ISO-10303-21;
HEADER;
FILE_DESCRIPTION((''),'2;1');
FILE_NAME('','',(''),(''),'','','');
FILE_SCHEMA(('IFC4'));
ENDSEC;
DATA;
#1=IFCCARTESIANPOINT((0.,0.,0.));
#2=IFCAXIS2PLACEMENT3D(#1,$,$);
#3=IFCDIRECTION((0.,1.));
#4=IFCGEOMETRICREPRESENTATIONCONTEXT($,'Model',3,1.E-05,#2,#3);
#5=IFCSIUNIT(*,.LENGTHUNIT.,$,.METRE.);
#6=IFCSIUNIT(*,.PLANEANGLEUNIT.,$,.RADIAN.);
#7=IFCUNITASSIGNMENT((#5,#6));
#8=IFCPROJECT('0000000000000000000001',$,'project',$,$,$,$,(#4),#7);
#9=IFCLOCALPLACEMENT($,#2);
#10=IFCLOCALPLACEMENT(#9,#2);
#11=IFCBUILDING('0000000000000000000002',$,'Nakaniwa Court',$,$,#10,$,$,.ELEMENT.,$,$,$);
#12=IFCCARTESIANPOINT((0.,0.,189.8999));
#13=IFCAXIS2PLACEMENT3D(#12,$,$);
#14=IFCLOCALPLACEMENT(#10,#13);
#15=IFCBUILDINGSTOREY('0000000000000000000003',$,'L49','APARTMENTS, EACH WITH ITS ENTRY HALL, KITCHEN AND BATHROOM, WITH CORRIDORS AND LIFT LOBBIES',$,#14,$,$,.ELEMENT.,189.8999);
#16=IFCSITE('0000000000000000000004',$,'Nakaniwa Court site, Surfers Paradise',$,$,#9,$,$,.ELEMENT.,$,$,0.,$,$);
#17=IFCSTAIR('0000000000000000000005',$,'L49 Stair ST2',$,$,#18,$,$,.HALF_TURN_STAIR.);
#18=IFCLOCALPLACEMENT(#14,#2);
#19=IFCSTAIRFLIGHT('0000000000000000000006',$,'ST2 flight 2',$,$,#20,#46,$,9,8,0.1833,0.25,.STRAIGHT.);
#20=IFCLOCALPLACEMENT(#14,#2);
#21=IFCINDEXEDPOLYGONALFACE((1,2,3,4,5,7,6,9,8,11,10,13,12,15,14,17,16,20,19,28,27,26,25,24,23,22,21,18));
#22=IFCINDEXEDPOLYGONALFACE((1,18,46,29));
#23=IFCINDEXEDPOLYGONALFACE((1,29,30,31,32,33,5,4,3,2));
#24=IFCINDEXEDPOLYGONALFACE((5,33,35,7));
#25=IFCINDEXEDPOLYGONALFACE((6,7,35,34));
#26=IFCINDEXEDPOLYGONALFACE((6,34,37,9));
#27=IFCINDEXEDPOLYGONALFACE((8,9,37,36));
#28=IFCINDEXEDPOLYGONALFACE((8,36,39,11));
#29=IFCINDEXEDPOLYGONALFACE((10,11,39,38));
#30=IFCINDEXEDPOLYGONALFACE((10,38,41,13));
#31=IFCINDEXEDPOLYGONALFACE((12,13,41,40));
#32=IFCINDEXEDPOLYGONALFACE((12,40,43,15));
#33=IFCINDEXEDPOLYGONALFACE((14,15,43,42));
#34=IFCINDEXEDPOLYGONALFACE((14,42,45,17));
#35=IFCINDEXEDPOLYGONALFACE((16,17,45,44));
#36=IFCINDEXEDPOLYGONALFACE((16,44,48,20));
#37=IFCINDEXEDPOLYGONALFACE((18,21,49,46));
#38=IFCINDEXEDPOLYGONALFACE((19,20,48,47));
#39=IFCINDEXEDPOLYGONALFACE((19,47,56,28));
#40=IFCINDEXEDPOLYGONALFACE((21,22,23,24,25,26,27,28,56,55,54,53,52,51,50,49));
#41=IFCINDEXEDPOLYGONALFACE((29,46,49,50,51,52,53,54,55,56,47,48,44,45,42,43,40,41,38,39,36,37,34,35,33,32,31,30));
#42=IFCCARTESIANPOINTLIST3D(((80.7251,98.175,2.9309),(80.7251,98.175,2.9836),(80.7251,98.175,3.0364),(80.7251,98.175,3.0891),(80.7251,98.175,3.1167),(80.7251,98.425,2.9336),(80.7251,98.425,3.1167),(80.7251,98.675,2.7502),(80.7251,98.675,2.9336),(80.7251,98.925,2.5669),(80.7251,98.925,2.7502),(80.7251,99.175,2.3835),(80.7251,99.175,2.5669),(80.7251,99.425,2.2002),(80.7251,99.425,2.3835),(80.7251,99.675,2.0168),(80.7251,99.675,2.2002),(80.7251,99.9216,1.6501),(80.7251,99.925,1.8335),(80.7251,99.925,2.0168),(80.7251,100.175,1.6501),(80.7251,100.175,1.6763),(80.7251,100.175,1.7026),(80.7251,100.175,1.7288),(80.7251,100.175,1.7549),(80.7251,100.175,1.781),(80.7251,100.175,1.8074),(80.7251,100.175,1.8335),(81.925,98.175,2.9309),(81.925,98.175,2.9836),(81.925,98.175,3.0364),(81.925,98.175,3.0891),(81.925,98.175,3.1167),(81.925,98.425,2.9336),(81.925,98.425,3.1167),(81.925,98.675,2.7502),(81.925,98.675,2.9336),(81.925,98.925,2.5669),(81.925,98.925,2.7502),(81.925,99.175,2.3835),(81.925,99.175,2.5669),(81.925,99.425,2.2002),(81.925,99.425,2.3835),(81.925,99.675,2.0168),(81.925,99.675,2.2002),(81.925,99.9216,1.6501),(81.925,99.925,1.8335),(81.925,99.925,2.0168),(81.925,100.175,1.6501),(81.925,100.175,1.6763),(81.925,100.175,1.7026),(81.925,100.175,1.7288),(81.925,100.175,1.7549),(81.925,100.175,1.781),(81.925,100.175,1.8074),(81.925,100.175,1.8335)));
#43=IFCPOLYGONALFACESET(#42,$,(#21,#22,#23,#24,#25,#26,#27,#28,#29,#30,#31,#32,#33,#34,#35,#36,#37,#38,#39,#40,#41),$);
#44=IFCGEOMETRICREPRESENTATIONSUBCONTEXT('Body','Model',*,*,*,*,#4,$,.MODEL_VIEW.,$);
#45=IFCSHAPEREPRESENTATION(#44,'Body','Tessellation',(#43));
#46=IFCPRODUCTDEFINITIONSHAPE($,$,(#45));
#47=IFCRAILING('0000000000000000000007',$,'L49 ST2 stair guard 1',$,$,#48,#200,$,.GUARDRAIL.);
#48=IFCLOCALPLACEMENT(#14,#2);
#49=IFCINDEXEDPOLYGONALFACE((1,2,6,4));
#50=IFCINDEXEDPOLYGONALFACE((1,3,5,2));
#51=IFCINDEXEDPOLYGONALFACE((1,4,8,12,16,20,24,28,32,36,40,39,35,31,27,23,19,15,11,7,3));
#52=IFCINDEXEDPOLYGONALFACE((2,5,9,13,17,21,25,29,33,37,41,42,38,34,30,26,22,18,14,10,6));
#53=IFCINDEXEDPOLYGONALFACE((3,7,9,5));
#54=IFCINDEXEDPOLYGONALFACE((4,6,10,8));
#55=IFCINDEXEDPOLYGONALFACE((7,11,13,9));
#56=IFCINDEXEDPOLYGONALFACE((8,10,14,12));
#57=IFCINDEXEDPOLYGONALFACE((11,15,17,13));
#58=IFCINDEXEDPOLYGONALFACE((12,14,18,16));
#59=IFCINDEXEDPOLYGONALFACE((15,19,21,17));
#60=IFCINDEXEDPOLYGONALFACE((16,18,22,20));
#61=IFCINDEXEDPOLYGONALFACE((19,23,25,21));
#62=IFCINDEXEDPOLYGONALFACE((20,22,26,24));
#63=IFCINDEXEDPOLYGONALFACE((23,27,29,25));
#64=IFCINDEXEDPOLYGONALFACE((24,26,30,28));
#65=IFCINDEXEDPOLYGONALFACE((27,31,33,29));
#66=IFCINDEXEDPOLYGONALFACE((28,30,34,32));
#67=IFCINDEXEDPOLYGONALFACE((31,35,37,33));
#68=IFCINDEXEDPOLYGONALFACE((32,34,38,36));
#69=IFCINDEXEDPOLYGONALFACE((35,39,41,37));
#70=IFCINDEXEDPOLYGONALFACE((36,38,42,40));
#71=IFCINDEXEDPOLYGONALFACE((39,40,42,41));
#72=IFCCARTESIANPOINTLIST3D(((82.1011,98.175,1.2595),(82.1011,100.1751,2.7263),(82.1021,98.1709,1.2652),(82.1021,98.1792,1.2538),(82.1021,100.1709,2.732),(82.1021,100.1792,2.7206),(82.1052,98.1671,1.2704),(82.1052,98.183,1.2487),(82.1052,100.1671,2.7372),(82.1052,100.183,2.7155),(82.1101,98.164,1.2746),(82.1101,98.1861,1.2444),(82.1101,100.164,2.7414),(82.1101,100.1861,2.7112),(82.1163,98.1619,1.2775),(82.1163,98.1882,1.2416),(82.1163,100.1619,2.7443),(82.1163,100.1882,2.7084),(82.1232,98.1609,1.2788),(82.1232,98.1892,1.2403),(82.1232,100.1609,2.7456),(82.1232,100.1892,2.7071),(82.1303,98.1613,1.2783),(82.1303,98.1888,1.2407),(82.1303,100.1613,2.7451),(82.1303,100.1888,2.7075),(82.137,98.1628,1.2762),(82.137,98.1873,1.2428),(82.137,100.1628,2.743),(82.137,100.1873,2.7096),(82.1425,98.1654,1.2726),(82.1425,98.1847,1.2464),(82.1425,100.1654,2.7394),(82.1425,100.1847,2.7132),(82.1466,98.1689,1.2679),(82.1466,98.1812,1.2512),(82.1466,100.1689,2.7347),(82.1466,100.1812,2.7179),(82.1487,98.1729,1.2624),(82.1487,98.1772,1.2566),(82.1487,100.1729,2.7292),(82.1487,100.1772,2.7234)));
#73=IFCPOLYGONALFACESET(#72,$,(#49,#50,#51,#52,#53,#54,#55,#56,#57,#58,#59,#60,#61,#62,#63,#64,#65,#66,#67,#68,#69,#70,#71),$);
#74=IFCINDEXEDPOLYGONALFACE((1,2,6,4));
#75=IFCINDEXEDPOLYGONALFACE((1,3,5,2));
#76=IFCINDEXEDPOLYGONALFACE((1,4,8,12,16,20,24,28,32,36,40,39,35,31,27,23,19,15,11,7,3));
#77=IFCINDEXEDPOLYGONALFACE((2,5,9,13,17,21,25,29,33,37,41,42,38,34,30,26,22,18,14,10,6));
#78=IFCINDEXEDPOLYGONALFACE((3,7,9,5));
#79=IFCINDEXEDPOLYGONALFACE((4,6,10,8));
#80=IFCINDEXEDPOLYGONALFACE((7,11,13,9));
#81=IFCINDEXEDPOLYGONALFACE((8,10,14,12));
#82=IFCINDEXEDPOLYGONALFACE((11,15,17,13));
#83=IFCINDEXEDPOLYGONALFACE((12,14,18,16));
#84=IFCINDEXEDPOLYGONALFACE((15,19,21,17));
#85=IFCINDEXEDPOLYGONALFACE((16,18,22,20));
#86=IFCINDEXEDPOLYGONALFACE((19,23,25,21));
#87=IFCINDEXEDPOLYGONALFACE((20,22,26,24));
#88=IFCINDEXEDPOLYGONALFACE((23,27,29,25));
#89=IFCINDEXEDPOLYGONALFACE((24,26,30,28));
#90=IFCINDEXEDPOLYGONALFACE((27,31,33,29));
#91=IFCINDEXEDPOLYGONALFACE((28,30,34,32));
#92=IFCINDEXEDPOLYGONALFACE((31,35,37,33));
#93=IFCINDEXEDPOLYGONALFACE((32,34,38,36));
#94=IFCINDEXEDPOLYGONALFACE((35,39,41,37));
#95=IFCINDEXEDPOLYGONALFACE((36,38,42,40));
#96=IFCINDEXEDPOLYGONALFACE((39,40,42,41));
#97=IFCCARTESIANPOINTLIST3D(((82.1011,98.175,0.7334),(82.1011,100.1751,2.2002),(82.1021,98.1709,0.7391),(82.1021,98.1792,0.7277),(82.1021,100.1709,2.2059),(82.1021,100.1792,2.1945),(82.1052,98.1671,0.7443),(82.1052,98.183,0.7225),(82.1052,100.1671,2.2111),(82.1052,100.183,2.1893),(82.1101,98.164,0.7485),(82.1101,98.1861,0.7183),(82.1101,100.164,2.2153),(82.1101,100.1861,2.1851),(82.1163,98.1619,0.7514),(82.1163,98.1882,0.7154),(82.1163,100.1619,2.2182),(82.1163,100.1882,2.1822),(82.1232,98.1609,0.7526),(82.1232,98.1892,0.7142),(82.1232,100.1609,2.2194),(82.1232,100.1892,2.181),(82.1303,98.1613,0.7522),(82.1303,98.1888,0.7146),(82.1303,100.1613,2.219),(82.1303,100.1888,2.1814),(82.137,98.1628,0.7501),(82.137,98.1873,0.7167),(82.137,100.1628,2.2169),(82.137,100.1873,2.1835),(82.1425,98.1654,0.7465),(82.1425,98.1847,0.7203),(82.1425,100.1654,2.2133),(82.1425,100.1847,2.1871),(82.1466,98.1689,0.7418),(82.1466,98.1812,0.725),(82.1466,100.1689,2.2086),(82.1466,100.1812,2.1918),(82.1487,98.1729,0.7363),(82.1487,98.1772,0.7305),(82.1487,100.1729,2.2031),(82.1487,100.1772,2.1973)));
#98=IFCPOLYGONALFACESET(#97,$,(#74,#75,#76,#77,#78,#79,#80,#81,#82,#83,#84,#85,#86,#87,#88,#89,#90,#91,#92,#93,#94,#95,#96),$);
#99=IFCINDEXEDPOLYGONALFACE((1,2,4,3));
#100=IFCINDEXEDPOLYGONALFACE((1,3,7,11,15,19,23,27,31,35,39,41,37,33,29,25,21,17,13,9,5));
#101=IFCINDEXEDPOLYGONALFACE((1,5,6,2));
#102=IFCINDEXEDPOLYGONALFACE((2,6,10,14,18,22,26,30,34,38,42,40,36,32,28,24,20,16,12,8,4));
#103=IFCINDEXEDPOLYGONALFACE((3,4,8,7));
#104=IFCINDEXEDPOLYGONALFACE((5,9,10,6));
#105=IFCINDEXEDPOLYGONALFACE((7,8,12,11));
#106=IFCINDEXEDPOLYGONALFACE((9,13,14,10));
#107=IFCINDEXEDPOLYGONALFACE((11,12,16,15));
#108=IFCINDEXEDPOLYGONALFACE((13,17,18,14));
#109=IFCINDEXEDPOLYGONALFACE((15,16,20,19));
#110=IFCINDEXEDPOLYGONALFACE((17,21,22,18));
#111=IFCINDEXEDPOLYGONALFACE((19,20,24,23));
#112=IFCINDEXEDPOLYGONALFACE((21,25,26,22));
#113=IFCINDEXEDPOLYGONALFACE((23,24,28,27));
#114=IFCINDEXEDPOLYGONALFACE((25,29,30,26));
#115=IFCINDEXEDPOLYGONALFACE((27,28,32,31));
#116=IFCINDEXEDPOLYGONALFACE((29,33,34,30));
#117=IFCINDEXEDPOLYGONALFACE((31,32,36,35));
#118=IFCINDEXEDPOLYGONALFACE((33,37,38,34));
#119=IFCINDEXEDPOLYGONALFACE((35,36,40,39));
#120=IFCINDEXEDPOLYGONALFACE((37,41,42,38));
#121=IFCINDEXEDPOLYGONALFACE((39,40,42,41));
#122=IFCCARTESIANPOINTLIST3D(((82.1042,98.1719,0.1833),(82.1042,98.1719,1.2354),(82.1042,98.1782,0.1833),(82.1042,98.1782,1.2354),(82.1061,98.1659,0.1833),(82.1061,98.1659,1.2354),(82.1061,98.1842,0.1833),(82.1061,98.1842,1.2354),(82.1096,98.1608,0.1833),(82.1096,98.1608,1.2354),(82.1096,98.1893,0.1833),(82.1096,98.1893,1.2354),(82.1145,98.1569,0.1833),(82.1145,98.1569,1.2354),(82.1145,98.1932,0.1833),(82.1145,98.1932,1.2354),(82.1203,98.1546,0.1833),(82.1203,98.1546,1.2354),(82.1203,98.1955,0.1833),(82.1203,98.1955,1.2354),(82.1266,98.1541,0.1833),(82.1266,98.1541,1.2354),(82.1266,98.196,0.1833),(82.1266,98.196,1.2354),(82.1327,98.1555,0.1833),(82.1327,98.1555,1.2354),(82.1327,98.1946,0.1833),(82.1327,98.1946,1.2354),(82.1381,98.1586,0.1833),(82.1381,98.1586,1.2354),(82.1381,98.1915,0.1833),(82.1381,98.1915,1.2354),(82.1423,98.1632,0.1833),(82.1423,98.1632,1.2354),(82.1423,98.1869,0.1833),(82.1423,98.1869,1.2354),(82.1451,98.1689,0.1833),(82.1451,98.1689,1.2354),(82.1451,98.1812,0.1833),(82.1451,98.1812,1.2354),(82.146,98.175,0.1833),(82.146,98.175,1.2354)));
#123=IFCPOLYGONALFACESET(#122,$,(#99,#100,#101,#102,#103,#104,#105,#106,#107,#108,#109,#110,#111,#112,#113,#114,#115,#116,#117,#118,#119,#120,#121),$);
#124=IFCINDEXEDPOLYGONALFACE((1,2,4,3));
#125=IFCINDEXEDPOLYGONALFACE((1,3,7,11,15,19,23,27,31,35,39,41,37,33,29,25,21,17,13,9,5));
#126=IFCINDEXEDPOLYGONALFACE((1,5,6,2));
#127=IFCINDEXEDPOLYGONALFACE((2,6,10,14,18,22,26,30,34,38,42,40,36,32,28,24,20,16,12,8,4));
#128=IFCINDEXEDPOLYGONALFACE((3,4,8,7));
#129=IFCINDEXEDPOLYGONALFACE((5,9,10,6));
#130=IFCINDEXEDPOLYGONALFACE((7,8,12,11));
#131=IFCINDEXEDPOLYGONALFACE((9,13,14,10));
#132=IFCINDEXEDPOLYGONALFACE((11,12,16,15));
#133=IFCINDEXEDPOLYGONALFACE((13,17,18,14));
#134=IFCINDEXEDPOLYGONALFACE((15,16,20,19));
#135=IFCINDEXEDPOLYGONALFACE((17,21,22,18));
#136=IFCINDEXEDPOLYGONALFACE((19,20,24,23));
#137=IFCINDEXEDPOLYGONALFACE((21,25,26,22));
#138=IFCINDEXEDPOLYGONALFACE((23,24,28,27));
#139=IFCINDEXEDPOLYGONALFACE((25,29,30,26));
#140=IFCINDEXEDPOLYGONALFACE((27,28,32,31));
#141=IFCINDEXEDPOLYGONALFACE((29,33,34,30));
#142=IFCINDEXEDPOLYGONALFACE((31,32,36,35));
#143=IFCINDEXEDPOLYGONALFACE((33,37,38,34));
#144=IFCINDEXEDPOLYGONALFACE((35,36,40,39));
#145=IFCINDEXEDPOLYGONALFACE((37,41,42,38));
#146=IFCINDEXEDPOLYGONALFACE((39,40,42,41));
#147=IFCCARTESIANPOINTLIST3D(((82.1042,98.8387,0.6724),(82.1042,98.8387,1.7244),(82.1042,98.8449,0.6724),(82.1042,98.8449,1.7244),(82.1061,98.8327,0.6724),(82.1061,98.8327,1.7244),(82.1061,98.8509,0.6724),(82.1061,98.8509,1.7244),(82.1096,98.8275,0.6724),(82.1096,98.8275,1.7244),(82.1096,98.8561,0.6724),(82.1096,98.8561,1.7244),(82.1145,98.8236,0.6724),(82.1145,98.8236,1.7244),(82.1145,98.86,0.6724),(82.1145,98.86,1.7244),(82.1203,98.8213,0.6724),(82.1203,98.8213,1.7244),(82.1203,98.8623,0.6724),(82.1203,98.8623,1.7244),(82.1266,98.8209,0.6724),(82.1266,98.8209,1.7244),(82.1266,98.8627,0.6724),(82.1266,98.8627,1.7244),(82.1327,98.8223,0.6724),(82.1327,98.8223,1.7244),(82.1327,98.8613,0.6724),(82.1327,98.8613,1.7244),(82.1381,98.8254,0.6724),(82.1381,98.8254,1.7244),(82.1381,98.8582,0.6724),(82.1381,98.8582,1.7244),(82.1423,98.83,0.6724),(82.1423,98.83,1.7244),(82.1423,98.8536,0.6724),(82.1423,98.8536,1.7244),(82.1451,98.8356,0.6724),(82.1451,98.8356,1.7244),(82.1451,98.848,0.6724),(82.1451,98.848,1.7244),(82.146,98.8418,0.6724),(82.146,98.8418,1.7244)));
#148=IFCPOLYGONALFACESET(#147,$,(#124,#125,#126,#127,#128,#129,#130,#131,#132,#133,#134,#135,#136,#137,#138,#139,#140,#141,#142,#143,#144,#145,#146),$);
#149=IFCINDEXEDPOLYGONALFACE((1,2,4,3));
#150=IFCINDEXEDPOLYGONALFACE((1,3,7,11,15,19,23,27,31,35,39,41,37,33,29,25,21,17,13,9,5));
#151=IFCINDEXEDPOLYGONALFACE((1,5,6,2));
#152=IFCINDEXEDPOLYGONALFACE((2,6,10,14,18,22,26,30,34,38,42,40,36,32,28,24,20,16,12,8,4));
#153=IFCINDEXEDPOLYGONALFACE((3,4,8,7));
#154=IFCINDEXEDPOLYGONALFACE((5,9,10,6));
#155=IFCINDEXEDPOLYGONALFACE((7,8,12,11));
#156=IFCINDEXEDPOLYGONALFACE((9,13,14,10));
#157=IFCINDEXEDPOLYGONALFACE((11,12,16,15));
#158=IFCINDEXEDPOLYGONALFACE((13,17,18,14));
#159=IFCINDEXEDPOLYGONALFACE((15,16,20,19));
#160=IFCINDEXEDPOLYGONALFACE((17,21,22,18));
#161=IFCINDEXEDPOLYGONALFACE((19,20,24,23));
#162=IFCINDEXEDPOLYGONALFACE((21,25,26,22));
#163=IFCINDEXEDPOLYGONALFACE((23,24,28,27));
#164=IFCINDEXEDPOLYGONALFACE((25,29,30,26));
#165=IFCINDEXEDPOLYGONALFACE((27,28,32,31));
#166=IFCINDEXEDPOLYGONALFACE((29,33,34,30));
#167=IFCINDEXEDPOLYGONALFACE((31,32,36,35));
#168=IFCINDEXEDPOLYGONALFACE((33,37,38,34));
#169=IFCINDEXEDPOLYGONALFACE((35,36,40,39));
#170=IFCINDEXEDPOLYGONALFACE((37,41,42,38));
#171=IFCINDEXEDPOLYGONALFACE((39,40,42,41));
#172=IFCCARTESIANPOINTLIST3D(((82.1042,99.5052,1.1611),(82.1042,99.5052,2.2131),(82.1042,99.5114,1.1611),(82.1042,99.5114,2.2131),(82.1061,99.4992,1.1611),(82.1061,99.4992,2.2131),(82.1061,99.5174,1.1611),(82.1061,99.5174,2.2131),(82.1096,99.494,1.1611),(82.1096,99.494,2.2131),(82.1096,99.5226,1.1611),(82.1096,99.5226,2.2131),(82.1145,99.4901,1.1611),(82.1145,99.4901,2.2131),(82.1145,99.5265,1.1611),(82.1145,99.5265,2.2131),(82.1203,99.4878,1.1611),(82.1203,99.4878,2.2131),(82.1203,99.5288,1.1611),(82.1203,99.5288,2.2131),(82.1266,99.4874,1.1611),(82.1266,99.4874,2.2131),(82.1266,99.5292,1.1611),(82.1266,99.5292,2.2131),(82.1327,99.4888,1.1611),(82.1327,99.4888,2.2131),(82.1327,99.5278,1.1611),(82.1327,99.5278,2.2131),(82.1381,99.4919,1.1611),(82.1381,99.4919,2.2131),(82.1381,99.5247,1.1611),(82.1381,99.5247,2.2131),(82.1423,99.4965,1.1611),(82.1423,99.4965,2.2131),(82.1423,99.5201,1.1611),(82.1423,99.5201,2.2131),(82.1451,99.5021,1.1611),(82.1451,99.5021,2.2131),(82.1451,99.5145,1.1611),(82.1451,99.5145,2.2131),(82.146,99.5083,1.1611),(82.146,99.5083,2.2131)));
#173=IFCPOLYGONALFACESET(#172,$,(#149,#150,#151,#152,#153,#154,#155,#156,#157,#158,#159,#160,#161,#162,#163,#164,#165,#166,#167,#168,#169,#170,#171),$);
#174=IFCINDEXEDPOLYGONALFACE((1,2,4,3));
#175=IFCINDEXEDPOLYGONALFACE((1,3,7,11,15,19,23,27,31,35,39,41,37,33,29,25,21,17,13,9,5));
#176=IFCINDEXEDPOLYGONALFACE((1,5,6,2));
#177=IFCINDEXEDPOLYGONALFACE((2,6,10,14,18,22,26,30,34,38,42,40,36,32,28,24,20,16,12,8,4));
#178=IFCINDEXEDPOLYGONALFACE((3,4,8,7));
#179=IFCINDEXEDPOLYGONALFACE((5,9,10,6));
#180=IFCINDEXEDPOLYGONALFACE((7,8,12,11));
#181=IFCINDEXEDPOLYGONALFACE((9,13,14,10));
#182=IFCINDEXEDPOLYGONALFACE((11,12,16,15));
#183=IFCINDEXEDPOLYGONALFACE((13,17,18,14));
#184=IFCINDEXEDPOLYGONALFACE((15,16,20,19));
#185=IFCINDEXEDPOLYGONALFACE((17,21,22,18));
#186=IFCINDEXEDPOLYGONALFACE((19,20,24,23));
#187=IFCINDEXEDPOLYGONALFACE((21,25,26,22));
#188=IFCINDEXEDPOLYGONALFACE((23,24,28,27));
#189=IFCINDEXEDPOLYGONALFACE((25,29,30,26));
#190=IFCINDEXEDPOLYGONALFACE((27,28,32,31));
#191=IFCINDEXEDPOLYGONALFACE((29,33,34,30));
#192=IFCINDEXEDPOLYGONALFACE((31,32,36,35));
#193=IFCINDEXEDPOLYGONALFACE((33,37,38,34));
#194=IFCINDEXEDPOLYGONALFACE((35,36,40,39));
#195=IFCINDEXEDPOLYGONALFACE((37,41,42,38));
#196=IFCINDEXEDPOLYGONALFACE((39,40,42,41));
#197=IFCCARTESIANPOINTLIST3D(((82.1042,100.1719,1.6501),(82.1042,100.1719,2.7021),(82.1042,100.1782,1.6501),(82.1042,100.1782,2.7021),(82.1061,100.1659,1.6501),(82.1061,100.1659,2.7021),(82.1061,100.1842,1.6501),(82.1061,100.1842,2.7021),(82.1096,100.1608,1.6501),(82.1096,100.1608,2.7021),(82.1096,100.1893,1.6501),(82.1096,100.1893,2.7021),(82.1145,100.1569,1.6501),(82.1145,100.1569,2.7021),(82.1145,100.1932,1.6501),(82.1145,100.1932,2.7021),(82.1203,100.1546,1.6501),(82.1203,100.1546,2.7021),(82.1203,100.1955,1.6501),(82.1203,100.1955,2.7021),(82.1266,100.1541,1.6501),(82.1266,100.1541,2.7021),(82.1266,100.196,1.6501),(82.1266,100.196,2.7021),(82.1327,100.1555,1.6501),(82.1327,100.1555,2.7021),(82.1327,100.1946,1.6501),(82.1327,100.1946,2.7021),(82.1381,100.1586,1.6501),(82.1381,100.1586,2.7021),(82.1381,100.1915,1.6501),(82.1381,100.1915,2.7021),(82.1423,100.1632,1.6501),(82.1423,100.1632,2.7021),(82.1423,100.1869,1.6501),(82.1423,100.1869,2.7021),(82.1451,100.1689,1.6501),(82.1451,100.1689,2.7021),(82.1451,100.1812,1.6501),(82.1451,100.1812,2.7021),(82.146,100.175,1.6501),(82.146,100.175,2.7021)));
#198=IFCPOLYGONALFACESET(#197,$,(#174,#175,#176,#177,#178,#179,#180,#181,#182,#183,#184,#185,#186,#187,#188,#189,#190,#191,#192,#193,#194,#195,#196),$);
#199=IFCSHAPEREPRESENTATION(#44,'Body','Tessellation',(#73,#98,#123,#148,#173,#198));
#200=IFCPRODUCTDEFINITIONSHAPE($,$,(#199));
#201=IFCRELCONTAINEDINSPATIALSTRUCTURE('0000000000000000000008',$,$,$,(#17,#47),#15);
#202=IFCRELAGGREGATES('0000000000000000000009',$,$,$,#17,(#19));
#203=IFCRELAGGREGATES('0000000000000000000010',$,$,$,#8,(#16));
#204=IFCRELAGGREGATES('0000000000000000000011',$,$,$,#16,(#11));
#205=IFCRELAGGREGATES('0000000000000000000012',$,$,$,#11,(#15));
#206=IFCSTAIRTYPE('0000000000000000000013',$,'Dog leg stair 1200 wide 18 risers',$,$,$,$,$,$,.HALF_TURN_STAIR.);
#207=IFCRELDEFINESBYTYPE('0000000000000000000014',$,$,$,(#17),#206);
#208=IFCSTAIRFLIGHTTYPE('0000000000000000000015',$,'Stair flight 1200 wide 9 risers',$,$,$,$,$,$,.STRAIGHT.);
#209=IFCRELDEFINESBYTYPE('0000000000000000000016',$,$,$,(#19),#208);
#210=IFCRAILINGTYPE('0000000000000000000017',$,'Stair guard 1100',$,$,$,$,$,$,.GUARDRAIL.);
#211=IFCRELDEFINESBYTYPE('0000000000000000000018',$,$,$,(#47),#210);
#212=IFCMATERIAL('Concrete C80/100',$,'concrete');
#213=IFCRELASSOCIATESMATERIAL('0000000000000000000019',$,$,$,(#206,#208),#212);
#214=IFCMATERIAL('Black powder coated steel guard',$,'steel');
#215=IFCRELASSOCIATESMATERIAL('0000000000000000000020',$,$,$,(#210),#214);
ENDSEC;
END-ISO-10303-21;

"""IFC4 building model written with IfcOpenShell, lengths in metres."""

from ifc_helpers import new_model, si_unit, direction, frame, origin, origin_2d, place, context, subcontext, project, spatial, polyline, circle, outline, extrude, material, type_object, element, aggregate, save


model = new_model("IFC4")

# Units and contexts
model_context = context("Model", 3, precision=1e-05, world=origin(), true_north=direction((0.0, 1.0)))
body_context = subcontext(model_context, "Body", "Model", "MODEL_VIEW")
ifc_project = project(units=[si_unit("LENGTHUNIT", "METRE"), si_unit("PLANEANGLEUNIT", "RADIAN")], contexts=[model_context])

# Site, building, storey
site_placement = place(None, origin())
site = spatial("IfcSite", under=ifc_project, at=site_placement, Name="Nakaniwa Court site, Surfers Paradise", CompositionType="ELEMENT", RefElevation=0.0)
building_placement = place(site_placement, origin())
building = spatial("IfcBuilding", under=site, at=building_placement, Name="Nakaniwa Court", CompositionType="ELEMENT")
storey_placement = place(building_placement, frame((0.0, 0.0, 189.8999)))
storey = spatial("IfcBuildingStorey", under=building, at=storey_placement, Name="L49", Description="APARTMENTS, EACH WITH ITS ENTRY HALL, KITCHEN AND BATHROOM, WITH CORRIDORS AND LIFT LOBBIES", CompositionType="ELEMENT", Elevation=189.8999)

# Shared definitions
ifc_material_1 = material(Name="Concrete C80/100", Category="concrete")

# Stair, stair flight
stair_type = type_object("IfcStairType", Name="Dog leg stair 1200 wide 18 risers", PredefinedType="HALF_TURN_STAIR", material=ifc_material_1)
stair_placement = place(storey_placement, origin())
stair = element("IfcStair", 1, at=stair_placement, inside=storey, type_object=stair_type, Name="L49 Stair ST2", PredefinedType="HALF_TURN_STAIR")
stair_flight_type = type_object("IfcStairFlightType", Name="Stair flight 1200 wide 9 risers", PredefinedType="STRAIGHT", material=ifc_material_1)
stair_flight_1_placement = place(storey_placement, frame((81.325, 100.175, 1.6501), z_axis=(0.0, 0.0, 1.0), x_axis=(0.0, -1.0, 0.0)))
stair_flight_1 = element("IfcStairFlight", 2, at=stair_flight_1_placement, type_object=stair_flight_type, Name="ST2 flight 2", NumberOfRisers=9, NumberOfTreads=8, PredefinedType="STRAIGHT", RiserHeight=0.1833, TreadLength=0.25, context=body_context, shape_type="SweptSolid", body=[
    extrude(outline(polyline([(0.0, 0.0), (0.0, 0.0261), (0.0, 0.0525), (0.0, 0.0786), (0.0, 0.1047), (0.0, 0.1309), (0.0, 0.1572), (0.0, 0.1833), (0.25, 0.1833), (0.25, 0.3667), (0.5, 0.3667), (0.5, 0.55), (0.75, 0.55), (0.75, 0.7334), (1.0, 0.7334), (1.0, 0.9167), (1.25, 0.9167), (1.25, 1.1001), (1.5, 1.1001), (1.5, 1.2834), (1.75, 1.2834), (1.75, 1.4666), (2.0, 1.4666), (2.0, 1.6499), (2.0, 1.5972), (2.0, 1.5444), (2.0, 1.4917), (2.0, 1.439), (2.0, 1.3862), (2.0, 1.3335), (2.0, 1.2808), (0.2534, 0.0), (0.0, 0.0)])), frame((0.0, 0.6001, 0.0), z_axis=(0.0, -1.0, 0.0), x_axis=(1.0, 0.0, 0.0)), (0.0, 0.0, 1.0), 1.2),
])
aggregate(stair, [stair_flight_1])

# Railing
ifc_material_2 = material(Name="Black powder coated steel guard", Category="steel")
railing_type_1 = type_object("IfcRailingType", Name="Stair guard 1100", PredefinedType="GUARDRAIL", material=ifc_material_2)
railing_1_placement = place(storey_placement, frame((82.125, 98.175, 0.1833)))
element("IfcRailing", 3, at=railing_1_placement, inside=storey, type_object=railing_type_1, Name="L49 ST2 stair guard 1", PredefinedType="GUARDRAIL", context=body_context, shape_type="SweptSolid", body=[
    extrude(circle(Radius=0.0239, at=origin_2d()), frame((0.0, 0.0, 1.0762), z_axis=(0.0, 0.80638, 0.591398), x_axis=(-1.0, 0.0, 0.0)), (0.0, 0.0, 1.0), 2.4802),
    extrude(circle(Radius=0.0239, at=origin_2d()), frame((0.0, 0.0, 0.55), z_axis=(0.0, 0.80638, 0.591398), x_axis=(-1.0, 0.0, 0.0)), (0.0, 0.0, 1.0), 2.4802),
    extrude(circle(Radius=0.021, at=origin_2d()), origin(), (0.0, 0.0, 1.0), 1.052),
    extrude(circle(Radius=0.021, at=origin_2d()), frame((0.0, 0.6667, 0.489)), (0.0, 0.0, 1.0), 1.052),
    extrude(circle(Radius=0.021, at=origin_2d()), frame((0.0, 1.3333, 0.9778)), (0.0, 0.0, 1.0), 1.052),
    extrude(circle(Radius=0.021, at=origin_2d()), frame((0.0, 2.0, 1.4668)), (0.0, 0.0, 1.0), 1.052),
])

save(model, "model.ifc")
